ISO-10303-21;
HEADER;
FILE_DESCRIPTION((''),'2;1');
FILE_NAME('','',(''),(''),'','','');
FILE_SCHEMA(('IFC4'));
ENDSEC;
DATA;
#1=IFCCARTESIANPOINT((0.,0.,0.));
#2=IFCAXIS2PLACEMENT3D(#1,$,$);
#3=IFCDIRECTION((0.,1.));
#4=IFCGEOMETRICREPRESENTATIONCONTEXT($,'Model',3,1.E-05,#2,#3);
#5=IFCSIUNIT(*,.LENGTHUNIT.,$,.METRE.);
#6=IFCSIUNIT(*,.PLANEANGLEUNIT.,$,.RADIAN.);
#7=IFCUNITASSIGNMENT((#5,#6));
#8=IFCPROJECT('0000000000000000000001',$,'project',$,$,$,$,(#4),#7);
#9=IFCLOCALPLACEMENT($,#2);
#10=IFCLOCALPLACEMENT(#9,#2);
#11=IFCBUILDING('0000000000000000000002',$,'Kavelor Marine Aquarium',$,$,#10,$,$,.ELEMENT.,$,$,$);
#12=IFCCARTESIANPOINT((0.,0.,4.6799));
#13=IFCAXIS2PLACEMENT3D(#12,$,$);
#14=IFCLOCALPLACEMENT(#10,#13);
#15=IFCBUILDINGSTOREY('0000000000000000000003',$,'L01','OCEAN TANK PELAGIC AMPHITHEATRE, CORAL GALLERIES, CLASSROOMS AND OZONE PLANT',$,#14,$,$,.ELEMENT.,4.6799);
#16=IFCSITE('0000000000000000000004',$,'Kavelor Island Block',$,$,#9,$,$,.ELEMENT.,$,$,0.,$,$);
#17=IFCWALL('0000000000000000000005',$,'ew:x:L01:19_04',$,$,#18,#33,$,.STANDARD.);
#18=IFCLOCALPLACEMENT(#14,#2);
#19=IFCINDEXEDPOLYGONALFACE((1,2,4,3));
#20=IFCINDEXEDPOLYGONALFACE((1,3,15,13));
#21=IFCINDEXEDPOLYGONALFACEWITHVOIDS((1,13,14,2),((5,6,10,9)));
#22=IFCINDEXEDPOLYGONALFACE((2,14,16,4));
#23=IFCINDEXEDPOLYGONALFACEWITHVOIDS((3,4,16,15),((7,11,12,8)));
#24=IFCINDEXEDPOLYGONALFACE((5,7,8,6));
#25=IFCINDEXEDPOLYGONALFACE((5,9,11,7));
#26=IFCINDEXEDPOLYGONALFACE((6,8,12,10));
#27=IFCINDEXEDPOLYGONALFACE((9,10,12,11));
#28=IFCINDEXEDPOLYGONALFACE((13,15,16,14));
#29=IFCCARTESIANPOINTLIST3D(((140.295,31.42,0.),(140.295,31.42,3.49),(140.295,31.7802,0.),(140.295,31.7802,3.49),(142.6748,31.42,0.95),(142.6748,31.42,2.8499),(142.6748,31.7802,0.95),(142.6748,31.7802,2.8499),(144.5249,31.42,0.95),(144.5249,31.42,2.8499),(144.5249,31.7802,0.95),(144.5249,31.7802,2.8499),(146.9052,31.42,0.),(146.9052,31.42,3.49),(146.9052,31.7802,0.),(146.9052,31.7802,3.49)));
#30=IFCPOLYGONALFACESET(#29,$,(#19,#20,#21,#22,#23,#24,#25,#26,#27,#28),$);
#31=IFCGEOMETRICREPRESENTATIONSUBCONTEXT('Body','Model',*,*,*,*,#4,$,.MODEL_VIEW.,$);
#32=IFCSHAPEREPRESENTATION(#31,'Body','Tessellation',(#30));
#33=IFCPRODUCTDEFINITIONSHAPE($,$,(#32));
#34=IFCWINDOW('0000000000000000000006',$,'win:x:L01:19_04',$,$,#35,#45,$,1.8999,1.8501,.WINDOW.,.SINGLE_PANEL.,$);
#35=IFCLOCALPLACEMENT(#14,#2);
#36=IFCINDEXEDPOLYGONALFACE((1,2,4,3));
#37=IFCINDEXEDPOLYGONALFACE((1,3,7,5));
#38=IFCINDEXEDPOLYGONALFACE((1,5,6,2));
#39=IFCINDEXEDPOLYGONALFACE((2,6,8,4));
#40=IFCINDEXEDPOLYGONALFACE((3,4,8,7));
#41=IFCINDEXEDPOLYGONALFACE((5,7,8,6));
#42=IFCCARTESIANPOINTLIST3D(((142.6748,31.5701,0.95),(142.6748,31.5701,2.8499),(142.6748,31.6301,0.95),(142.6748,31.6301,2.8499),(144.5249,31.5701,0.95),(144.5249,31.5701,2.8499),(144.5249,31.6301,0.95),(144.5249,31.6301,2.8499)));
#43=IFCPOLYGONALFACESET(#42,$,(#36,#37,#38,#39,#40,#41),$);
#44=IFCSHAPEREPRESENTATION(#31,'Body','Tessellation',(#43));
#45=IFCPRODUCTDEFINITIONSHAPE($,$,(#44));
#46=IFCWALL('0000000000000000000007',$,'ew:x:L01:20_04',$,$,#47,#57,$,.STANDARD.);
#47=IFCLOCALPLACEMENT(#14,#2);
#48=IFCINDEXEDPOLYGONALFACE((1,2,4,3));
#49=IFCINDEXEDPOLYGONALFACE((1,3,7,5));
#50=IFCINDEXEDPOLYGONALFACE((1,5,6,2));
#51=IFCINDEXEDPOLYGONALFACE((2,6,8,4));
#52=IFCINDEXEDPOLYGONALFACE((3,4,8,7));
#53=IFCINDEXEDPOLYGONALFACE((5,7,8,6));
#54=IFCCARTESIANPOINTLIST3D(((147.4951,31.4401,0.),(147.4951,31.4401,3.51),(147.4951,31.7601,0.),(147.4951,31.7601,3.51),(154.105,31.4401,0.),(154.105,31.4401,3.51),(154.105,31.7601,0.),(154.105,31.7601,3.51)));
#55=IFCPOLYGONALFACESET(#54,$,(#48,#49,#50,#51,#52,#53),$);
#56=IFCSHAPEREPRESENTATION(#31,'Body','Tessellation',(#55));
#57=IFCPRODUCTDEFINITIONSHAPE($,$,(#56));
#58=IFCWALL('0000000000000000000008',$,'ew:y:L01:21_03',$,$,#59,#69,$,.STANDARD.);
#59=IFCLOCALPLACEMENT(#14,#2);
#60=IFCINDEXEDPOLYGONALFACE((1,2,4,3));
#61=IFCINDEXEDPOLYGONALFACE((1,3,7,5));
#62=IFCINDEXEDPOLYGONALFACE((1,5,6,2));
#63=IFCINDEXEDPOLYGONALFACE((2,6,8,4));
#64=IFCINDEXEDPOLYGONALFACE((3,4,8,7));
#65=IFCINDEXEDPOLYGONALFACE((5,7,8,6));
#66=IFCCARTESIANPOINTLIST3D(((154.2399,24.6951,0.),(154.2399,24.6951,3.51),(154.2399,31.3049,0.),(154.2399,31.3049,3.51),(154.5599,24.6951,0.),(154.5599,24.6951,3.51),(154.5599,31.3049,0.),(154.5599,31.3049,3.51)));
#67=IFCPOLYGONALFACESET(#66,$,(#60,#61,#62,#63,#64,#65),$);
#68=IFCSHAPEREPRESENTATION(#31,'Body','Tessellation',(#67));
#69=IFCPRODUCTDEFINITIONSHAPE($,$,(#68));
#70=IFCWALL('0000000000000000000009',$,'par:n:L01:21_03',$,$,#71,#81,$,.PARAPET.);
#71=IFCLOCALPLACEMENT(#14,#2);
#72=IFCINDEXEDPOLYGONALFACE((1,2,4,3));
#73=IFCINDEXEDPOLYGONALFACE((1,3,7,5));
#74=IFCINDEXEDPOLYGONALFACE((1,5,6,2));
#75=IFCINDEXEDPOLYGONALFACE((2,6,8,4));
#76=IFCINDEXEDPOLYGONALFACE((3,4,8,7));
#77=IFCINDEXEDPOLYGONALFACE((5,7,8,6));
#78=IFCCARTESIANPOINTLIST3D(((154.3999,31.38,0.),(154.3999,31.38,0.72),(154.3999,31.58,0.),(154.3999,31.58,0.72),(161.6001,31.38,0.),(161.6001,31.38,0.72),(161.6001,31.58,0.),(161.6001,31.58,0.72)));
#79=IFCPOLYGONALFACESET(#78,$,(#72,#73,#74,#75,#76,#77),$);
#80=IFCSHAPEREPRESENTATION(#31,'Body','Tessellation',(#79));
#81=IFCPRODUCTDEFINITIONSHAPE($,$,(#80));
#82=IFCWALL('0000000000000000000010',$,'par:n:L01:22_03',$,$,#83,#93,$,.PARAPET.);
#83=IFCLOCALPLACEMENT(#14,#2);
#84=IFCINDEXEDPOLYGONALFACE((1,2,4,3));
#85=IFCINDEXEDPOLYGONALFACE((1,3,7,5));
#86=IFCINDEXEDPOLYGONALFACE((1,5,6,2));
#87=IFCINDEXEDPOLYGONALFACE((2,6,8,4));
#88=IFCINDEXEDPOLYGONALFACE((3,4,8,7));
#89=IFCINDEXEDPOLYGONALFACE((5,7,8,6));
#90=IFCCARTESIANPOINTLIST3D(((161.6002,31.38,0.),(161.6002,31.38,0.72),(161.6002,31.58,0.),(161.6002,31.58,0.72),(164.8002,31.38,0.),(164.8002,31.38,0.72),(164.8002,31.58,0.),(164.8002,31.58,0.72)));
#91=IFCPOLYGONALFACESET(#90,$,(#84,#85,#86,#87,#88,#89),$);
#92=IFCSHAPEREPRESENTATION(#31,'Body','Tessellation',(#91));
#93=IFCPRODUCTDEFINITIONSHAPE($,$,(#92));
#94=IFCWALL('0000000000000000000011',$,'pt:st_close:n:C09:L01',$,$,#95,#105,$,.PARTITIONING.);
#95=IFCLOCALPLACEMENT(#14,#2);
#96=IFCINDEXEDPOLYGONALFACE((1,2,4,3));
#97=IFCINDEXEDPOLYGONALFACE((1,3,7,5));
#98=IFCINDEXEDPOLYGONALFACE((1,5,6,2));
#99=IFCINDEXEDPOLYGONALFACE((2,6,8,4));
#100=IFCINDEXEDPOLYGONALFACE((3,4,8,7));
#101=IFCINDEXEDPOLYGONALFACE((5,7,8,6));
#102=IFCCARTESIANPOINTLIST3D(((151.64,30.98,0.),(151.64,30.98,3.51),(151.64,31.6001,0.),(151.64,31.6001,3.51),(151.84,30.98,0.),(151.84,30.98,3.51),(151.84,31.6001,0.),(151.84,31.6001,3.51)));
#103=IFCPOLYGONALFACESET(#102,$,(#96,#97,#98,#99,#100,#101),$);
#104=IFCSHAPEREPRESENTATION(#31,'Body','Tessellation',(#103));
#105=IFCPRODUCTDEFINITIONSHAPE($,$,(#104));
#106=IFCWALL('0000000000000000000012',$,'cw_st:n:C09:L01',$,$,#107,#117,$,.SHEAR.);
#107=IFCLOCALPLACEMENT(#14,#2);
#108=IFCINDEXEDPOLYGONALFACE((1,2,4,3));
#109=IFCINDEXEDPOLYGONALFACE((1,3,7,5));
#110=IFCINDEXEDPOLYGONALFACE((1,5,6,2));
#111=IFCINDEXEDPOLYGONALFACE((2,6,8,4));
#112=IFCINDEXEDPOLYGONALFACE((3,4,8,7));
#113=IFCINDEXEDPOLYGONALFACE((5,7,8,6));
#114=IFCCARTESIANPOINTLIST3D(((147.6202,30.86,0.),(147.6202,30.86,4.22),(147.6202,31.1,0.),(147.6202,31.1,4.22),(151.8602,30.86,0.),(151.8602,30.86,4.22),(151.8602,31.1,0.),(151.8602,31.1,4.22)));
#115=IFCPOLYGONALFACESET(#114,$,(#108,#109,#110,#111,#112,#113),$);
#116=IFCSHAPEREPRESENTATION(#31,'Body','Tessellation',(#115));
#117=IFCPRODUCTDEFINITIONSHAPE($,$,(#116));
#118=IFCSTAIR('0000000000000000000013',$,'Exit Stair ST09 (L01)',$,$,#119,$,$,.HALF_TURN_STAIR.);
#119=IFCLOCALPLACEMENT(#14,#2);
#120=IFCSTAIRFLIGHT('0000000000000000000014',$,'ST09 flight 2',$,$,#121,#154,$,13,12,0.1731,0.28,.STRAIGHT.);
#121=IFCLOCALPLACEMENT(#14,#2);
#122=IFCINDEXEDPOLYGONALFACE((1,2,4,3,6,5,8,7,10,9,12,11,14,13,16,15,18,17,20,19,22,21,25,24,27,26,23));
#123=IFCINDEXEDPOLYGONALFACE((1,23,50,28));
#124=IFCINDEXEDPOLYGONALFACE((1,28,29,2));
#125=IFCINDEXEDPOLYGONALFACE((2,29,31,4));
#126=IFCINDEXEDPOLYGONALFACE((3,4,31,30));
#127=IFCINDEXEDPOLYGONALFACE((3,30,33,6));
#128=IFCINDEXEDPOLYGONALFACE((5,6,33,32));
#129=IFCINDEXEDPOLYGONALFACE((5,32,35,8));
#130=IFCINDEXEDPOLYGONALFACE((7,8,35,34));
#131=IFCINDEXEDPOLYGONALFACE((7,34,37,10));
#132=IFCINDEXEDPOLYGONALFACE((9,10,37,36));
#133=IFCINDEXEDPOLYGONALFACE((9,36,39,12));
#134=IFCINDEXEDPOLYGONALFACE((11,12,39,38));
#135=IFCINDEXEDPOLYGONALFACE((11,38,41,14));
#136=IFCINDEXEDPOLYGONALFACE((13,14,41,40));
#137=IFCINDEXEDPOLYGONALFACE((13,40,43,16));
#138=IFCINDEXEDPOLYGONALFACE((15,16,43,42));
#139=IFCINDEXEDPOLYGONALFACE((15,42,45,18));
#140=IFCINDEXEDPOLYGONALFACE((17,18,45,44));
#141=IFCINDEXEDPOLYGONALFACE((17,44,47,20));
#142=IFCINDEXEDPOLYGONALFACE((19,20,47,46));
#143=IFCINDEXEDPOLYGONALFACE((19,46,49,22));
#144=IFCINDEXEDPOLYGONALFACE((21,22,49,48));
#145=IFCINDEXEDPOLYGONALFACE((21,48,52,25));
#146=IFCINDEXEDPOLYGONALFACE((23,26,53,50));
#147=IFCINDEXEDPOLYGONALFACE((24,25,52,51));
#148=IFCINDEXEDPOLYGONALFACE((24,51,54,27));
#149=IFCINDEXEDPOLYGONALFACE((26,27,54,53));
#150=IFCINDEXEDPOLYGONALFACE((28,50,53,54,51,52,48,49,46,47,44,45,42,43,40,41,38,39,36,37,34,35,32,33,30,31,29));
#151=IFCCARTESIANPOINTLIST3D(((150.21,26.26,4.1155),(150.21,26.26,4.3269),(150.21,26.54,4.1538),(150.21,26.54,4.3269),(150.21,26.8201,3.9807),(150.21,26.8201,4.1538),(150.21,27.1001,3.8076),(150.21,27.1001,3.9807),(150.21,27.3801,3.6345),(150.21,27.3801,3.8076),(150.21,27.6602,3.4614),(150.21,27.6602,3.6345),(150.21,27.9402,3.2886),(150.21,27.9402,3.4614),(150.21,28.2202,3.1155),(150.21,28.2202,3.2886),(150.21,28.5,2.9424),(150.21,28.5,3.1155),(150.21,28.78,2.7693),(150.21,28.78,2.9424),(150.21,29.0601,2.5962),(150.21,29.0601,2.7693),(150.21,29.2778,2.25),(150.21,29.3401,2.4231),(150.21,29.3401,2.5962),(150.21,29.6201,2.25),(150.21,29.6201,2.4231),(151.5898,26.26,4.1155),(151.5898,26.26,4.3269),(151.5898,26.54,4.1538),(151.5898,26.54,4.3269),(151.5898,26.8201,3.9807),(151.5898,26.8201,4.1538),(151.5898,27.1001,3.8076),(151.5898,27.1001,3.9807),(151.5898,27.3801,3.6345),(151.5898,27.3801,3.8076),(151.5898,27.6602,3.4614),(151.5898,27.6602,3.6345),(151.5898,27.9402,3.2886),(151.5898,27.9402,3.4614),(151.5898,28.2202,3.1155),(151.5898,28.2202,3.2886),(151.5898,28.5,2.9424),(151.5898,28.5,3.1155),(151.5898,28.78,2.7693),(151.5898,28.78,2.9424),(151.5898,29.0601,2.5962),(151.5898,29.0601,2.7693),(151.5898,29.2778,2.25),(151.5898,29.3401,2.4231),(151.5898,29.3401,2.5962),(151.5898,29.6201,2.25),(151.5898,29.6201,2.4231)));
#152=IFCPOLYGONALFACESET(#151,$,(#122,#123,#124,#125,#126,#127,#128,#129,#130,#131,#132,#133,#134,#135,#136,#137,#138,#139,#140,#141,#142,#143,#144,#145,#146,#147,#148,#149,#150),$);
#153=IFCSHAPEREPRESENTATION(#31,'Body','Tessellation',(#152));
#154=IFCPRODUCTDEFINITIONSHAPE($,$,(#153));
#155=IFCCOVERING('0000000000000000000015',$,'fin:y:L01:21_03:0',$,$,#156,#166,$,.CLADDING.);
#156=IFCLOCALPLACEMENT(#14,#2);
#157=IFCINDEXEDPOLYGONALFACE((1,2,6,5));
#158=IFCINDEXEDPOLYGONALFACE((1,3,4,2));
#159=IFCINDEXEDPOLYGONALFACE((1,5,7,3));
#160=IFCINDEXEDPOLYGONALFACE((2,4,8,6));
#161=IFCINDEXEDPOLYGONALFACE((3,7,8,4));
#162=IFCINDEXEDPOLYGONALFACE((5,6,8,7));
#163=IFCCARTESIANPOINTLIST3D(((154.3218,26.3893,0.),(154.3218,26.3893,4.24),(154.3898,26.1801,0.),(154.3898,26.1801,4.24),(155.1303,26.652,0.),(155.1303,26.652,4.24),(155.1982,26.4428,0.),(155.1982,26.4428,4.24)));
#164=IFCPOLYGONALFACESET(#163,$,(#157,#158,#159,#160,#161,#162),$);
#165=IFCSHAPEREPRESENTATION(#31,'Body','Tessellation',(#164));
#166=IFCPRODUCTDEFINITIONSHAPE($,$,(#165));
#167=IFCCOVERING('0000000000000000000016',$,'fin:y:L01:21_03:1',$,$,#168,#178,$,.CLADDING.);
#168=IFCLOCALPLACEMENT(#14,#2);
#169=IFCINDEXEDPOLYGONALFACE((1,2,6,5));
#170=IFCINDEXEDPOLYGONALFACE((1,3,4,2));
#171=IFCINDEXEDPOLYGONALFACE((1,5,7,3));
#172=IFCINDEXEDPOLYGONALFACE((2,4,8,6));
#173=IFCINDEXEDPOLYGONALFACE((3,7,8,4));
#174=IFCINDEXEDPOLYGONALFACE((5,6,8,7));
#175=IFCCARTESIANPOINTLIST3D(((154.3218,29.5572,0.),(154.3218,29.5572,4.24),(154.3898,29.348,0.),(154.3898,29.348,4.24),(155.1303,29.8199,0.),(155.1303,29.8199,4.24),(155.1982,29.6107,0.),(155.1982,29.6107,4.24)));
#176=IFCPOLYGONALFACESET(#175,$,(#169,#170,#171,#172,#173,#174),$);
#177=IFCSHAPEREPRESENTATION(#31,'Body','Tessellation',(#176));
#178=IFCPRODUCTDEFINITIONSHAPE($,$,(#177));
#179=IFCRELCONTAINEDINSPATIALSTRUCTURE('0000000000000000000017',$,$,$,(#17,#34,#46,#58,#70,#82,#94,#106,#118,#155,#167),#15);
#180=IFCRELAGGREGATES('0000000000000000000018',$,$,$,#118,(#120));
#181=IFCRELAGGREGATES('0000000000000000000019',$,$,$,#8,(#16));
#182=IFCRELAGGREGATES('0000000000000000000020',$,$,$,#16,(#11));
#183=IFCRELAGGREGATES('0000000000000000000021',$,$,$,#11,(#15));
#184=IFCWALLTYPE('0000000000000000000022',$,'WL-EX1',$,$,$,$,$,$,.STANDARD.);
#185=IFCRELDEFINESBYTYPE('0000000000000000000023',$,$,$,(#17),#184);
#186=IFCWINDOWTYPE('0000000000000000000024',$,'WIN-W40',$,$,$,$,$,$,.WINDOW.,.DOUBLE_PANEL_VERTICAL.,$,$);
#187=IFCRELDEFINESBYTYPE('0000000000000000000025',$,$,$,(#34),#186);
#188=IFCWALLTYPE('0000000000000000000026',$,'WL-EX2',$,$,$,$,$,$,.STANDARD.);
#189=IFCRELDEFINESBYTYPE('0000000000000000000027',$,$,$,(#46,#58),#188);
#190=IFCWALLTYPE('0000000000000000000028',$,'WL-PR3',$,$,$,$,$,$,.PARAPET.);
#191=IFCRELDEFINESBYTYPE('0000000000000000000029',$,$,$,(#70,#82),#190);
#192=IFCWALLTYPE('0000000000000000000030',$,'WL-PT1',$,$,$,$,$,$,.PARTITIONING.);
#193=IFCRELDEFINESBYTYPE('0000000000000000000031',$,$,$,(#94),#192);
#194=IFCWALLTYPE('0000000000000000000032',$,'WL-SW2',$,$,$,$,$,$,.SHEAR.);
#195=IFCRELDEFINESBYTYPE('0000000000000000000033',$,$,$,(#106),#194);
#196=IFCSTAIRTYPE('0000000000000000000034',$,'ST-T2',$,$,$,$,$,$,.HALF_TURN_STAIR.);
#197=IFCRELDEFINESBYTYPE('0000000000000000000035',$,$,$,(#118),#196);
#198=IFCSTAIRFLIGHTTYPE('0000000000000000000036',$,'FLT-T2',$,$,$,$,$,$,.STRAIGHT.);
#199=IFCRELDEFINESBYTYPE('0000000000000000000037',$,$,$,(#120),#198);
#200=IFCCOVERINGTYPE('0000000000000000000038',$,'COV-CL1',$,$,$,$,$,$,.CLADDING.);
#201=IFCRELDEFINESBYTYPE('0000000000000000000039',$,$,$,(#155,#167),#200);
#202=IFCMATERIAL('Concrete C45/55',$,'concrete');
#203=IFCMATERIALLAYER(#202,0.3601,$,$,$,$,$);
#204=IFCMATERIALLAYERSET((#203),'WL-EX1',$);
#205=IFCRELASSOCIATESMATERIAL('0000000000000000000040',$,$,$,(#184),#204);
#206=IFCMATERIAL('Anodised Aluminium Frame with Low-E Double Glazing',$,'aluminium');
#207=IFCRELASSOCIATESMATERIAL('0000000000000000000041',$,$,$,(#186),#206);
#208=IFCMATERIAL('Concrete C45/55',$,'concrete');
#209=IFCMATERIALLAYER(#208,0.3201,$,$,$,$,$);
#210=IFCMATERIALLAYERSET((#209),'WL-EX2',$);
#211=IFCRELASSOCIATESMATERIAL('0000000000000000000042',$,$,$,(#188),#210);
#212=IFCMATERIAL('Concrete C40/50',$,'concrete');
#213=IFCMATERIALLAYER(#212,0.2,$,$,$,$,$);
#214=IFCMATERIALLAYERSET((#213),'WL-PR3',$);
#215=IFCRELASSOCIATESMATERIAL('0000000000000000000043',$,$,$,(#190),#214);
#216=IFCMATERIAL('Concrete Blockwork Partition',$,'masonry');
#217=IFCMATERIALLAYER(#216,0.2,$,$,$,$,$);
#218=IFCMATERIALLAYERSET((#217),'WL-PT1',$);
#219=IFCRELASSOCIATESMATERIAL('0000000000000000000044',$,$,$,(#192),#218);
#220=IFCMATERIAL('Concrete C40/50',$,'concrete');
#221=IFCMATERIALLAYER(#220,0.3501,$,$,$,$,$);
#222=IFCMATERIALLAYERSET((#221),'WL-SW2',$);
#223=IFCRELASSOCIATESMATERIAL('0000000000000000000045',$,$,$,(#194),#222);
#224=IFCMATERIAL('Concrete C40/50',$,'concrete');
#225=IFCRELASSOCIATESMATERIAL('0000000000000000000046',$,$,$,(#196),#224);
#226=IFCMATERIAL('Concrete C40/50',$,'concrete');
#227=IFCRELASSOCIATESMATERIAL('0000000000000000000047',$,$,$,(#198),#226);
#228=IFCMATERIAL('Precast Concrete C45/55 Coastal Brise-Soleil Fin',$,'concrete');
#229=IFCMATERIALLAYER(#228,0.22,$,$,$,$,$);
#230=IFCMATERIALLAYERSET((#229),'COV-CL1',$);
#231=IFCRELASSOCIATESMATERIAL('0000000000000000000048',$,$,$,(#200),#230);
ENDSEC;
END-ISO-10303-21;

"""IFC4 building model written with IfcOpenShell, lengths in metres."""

from ifc_helpers import new_model, si_unit, direction, frame, frame_2d, origin, origin_2d, place, context, subcontext, project, spatial, polyline, rectangle, outline, extrude, material, layer, layer_set, type_object, element, fill, aggregate, save


model = new_model("IFC4")

# Units and contexts
model_context = context("Model", 3, precision=1e-05, world=origin(), true_north=direction((0.0, 1.0)))
body_context = subcontext(model_context, "Body", "Model", "MODEL_VIEW")
ifc_project = project(units=[si_unit("LENGTHUNIT", "METRE"), si_unit("PLANEANGLEUNIT", "RADIAN")], contexts=[model_context])

# Site, building, storey
site_placement = place(None, origin())
site = spatial("IfcSite", under=ifc_project, at=site_placement, Name="Kavelor Island Block", CompositionType="ELEMENT", RefElevation=0.0)
building_placement = place(site_placement, origin())
building = spatial("IfcBuilding", under=site, at=building_placement, Name="Kavelor Marine Aquarium", CompositionType="ELEMENT")
storey_placement = place(building_placement, frame((0.0, 0.0, 4.6799)))
storey = spatial("IfcBuildingStorey", under=building, at=storey_placement, Name="L01", Description="OCEAN TANK PELAGIC AMPHITHEATRE, CORAL GALLERIES, CLASSROOMS AND OZONE PLANT", CompositionType="ELEMENT", Elevation=4.6799)

# Wall, opening, window
ifc_material_1 = material(Name="Concrete C45/55", Category="concrete")
ifc_layer_1 = layer(ifc_material_1, 0.3601)
ifc_layer_set_1 = layer_set([ifc_layer_1], Name="WL-EX1")
wall_type_1 = type_object("IfcWallType", Name="WL-EX1", PredefinedType="STANDARD", material=ifc_layer_set_1)
wall_1_placement = place(storey_placement, frame((140.2949, 31.6001, 0.0), z_axis=(0.0, 0.0, 1.0), x_axis=(1.0, 0.0, 0.0)))
wall_1 = element("IfcWall", 1, at=wall_1_placement, inside=storey, type_object=wall_type_1, Name="ew:x:L01:19_04", PredefinedType="STANDARD", context=body_context, shape_type="SweptSolid", body=[
    extrude(rectangle(XDim=6.6101, YDim=0.3601, at=frame_2d((3.3052, 0.0))), origin(), (0.0, 0.0, 1.0), 3.49),
])
opening_placement = place(wall_1_placement, frame((2.3799, 0.0, 0.95)))
opening = element("IfcOpeningElement", 2, at=opening_placement, cuts=wall_1, PredefinedType="OPENING", context=body_context, shape_type="SweptSolid", body=[
    extrude(rectangle(XDim=1.8501, YDim=1.8999, at=frame_2d((0.925, 0.95))), frame((0.0, 0.1899, 0.0), z_axis=(0.0, -1.0, 0.0), x_axis=(1.0, 0.0, 0.0)), (0.0, 0.0, 1.0), 0.3801),
])
ifc_material_2 = material(Name="Anodised Aluminium Frame with Low-E Double Glazing", Category="aluminium")
window_type = type_object("IfcWindowType", Name="WIN-W40", PartitioningType="DOUBLE_PANEL_VERTICAL", PredefinedType="WINDOW", material=ifc_material_2)
window_placement = place(opening_placement, origin())
window = element("IfcWindow", 3, at=window_placement, inside=storey, type_object=window_type, Name="win:x:L01:19_04", OverallHeight=1.8999, OverallWidth=1.8501, PartitioningType="SINGLE_PANEL", PredefinedType="WINDOW", context=body_context, shape_type="SweptSolid", body=[
    extrude(rectangle(XDim=1.8501, YDim=1.8999, at=frame_2d((0.925, 0.95))), frame((0.0, 0.03, 0.0), z_axis=(0.0, -1.0, 0.0), x_axis=(1.0, 0.0, 0.0)), (0.0, 0.0, 1.0), 0.0601),
])
fill(opening, window)

# Walls
ifc_material_3 = material(Name="Concrete C45/55", Category="concrete")
ifc_layer_2 = layer(ifc_material_3, 0.3201)
ifc_layer_set_2 = layer_set([ifc_layer_2], Name="WL-EX2")
wall_type_2 = type_object("IfcWallType", Name="WL-EX2", PredefinedType="STANDARD", material=ifc_layer_set_2)
for number, where, z_axis, x_axis, name in (
    (4, (147.4951, 31.6001, 0.0), (0.0, 0.0, 1.0), (1.0, 0.0, 0.0), "ew:x:L01:20_04"),
    (5, (154.3999, 31.3049, 0.0), (0.0, 0.0, 1.0), (0.0, -1.0, 0.0), "ew:y:L01:21_03"),
):
    element("IfcWall", number, at=place(storey_placement, frame(where, z_axis=z_axis, x_axis=x_axis)), inside=storey, type_object=wall_type_2, Name=name, PredefinedType="STANDARD", context=body_context, shape_type="SweptSolid", body=[
        extrude(rectangle(XDim=6.6099, YDim=0.3201, at=frame_2d((3.3049, 0.0))), origin(), (0.0, 0.0, 1.0), 3.51),
    ])
ifc_material_4 = material(Name="Concrete C40/50", Category="concrete")
ifc_layer_3 = layer(ifc_material_4, 0.2)
ifc_layer_set_3 = layer_set([ifc_layer_3], Name="WL-PR3")
wall_type_3 = type_object("IfcWallType", Name="WL-PR3", PredefinedType="PARAPET", material=ifc_layer_set_3)
wall_2_placement = place(storey_placement, frame((154.3999, 31.48, 0.0), z_axis=(0.0, 0.0, 1.0), x_axis=(1.0, 0.0, 0.0)))
element("IfcWall", 6, at=wall_2_placement, inside=storey, type_object=wall_type_3, Name="par:n:L01:21_03", PredefinedType="PARAPET", context=body_context, shape_type="SweptSolid", body=[
    extrude(rectangle(XDim=7.2002, YDim=0.2, at=frame_2d((3.6001, 0.0))), origin(), (0.0, 0.0, 1.0), 0.72),
])
wall_3_placement = place(storey_placement, frame((161.6001, 31.48, 0.0), z_axis=(0.0, 0.0, 1.0), x_axis=(1.0, 0.0, 0.0)))
element("IfcWall", 7, at=wall_3_placement, inside=storey, type_object=wall_type_3, Name="par:n:L01:22_03", PredefinedType="PARAPET", context=body_context, shape_type="SweptSolid", body=[
    extrude(rectangle(XDim=3.2, YDim=0.2, at=frame_2d((1.6001, 0.0))), origin(), (0.0, 0.0, 1.0), 0.72),
])
ifc_material_5 = material(Name="Concrete Blockwork Partition", Category="masonry")
ifc_layer_4 = layer(ifc_material_5, 0.2)
ifc_layer_set_4 = layer_set([ifc_layer_4], Name="WL-PT1")
wall_type_4 = type_object("IfcWallType", Name="WL-PT1", PredefinedType="PARTITIONING", material=ifc_layer_set_4)
wall_4_placement = place(storey_placement, frame((151.74, 30.98, 0.0), z_axis=(0.0, 0.0, 1.0), x_axis=(0.0, 1.0, 0.0)))
element("IfcWall", 8, at=wall_4_placement, inside=storey, type_object=wall_type_4, Name="pt:st_close:n:C09:L01", PredefinedType="PARTITIONING", context=body_context, shape_type="SweptSolid", body=[
    extrude(rectangle(XDim=0.6201, YDim=0.2, at=frame_2d((0.3101, 0.0))), origin(), (0.0, 0.0, 1.0), 3.51),
])
ifc_material_6 = material(Name="Concrete C40/50", Category="concrete")
ifc_layer_5 = layer(ifc_material_6, 0.3501)
ifc_layer_set_5 = layer_set([ifc_layer_5], Name="WL-SW2")
wall_type_5 = type_object("IfcWallType", Name="WL-SW2", PredefinedType="SHEAR", material=ifc_layer_set_5)
wall_5_placement = place(storey_placement, frame((147.6201, 30.98, 0.0), z_axis=(0.0, 0.0, 1.0), x_axis=(1.0, 0.0, 0.0)))
element("IfcWall", 9, at=wall_5_placement, inside=storey, type_object=wall_type_5, Name="cw_st:n:C09:L01", PredefinedType="SHEAR", context=body_context, shape_type="SweptSolid", body=[
    extrude(rectangle(XDim=4.24, YDim=0.24, at=frame_2d((2.1201, 0.0))), origin(), (0.0, 0.0, 1.0), 4.22),
])

# Stair, stair flight
ifc_material_7 = material(Name="Concrete C40/50", Category="concrete")
stair_type = type_object("IfcStairType", Name="ST-T2", PredefinedType="HALF_TURN_STAIR", material=ifc_material_7)
stair_placement = place(storey_placement, origin())
stair = element("IfcStair", 10, at=stair_placement, inside=storey, type_object=stair_type, Name="Exit Stair ST09 (L01)", PredefinedType="HALF_TURN_STAIR")
ifc_material_8 = material(Name="Concrete C40/50", Category="concrete")
stair_flight_type = type_object("IfcStairFlightType", Name="FLT-T2", PredefinedType="STRAIGHT", material=ifc_material_8)
stair_flight_placement = place(storey_placement, frame((150.8999, 29.6201, 2.25), z_axis=(0.0, 0.0, 1.0), x_axis=(0.0, -1.0, 0.0)))
stair_flight = element("IfcStairFlight", 11, at=stair_flight_placement, type_object=stair_flight_type, Name="ST09 flight 2", NumberOfRisers=13, NumberOfTreads=12, PredefinedType="STRAIGHT", RiserHeight=0.1731, TreadLength=0.28, context=body_context, shape_type="SweptSolid", body=[
    extrude(outline(polyline([(0.0, 0.0), (0.0, 0.1731), (0.28, 0.1731), (0.28, 0.3462), (0.5601, 0.3462), (0.5601, 0.5193), (0.8401, 0.5193), (0.8401, 0.6924), (1.1201, 0.6924), (1.1201, 0.8655), (1.3999, 0.8655), (1.3999, 1.0386), (1.6799, 1.0386), (1.6799, 1.2114), (1.96, 1.2114), (1.96, 1.3845), (2.24, 1.3845), (2.24, 1.5576), (2.52, 1.5576), (2.52, 1.7307), (2.8, 1.7307), (2.8, 1.9038), (3.0801, 1.9038), (3.0801, 2.0769), (3.3601, 2.0769), (3.3601, 2.25), (3.3601, 1.8655), (0.3423, 0.0), (0.0, 0.0)])), frame((0.0, 0.6899, 0.0), z_axis=(0.0, -1.0, 0.0), x_axis=(1.0, 0.0, 0.0)), (0.0, 0.0, 1.0), 1.3799),
])
aggregate(stair, [stair_flight])

# Coverings
ifc_material_9 = material(Name="Precast Concrete C45/55 Coastal Brise-Soleil Fin", Category="concrete")
ifc_layer_6 = layer(ifc_material_9, 0.22)
ifc_layer_set_6 = layer_set([ifc_layer_6], Name="COV-CL1")
covering_type = type_object("IfcCoveringType", Name="COV-CL1", PredefinedType="CLADDING", material=ifc_layer_set_6)
for number, where, z_axis, x_axis, name in (
    (12, (154.76, 26.416, 0.0), (0.0, 0.0, 1.0), (0.951057, 0.309017, 0.0), "fin:y:L01:21_03:0"),
    (13, (154.76, 29.584, 0.0), (0.0, 0.0, 1.0), (0.951057, 0.309017, 0.0), "fin:y:L01:21_03:1"),
):
    element("IfcCovering", number, at=place(storey_placement, frame(where, z_axis=z_axis, x_axis=x_axis)), inside=storey, type_object=covering_type, Name=name, PredefinedType="CLADDING", context=body_context, shape_type="SweptSolid", body=[
        extrude(rectangle(XDim=0.8501, YDim=0.22, at=origin_2d()), origin(), (0.0, 0.0, 1.0), 4.24),
    ])

save(model, "model.ifc")
